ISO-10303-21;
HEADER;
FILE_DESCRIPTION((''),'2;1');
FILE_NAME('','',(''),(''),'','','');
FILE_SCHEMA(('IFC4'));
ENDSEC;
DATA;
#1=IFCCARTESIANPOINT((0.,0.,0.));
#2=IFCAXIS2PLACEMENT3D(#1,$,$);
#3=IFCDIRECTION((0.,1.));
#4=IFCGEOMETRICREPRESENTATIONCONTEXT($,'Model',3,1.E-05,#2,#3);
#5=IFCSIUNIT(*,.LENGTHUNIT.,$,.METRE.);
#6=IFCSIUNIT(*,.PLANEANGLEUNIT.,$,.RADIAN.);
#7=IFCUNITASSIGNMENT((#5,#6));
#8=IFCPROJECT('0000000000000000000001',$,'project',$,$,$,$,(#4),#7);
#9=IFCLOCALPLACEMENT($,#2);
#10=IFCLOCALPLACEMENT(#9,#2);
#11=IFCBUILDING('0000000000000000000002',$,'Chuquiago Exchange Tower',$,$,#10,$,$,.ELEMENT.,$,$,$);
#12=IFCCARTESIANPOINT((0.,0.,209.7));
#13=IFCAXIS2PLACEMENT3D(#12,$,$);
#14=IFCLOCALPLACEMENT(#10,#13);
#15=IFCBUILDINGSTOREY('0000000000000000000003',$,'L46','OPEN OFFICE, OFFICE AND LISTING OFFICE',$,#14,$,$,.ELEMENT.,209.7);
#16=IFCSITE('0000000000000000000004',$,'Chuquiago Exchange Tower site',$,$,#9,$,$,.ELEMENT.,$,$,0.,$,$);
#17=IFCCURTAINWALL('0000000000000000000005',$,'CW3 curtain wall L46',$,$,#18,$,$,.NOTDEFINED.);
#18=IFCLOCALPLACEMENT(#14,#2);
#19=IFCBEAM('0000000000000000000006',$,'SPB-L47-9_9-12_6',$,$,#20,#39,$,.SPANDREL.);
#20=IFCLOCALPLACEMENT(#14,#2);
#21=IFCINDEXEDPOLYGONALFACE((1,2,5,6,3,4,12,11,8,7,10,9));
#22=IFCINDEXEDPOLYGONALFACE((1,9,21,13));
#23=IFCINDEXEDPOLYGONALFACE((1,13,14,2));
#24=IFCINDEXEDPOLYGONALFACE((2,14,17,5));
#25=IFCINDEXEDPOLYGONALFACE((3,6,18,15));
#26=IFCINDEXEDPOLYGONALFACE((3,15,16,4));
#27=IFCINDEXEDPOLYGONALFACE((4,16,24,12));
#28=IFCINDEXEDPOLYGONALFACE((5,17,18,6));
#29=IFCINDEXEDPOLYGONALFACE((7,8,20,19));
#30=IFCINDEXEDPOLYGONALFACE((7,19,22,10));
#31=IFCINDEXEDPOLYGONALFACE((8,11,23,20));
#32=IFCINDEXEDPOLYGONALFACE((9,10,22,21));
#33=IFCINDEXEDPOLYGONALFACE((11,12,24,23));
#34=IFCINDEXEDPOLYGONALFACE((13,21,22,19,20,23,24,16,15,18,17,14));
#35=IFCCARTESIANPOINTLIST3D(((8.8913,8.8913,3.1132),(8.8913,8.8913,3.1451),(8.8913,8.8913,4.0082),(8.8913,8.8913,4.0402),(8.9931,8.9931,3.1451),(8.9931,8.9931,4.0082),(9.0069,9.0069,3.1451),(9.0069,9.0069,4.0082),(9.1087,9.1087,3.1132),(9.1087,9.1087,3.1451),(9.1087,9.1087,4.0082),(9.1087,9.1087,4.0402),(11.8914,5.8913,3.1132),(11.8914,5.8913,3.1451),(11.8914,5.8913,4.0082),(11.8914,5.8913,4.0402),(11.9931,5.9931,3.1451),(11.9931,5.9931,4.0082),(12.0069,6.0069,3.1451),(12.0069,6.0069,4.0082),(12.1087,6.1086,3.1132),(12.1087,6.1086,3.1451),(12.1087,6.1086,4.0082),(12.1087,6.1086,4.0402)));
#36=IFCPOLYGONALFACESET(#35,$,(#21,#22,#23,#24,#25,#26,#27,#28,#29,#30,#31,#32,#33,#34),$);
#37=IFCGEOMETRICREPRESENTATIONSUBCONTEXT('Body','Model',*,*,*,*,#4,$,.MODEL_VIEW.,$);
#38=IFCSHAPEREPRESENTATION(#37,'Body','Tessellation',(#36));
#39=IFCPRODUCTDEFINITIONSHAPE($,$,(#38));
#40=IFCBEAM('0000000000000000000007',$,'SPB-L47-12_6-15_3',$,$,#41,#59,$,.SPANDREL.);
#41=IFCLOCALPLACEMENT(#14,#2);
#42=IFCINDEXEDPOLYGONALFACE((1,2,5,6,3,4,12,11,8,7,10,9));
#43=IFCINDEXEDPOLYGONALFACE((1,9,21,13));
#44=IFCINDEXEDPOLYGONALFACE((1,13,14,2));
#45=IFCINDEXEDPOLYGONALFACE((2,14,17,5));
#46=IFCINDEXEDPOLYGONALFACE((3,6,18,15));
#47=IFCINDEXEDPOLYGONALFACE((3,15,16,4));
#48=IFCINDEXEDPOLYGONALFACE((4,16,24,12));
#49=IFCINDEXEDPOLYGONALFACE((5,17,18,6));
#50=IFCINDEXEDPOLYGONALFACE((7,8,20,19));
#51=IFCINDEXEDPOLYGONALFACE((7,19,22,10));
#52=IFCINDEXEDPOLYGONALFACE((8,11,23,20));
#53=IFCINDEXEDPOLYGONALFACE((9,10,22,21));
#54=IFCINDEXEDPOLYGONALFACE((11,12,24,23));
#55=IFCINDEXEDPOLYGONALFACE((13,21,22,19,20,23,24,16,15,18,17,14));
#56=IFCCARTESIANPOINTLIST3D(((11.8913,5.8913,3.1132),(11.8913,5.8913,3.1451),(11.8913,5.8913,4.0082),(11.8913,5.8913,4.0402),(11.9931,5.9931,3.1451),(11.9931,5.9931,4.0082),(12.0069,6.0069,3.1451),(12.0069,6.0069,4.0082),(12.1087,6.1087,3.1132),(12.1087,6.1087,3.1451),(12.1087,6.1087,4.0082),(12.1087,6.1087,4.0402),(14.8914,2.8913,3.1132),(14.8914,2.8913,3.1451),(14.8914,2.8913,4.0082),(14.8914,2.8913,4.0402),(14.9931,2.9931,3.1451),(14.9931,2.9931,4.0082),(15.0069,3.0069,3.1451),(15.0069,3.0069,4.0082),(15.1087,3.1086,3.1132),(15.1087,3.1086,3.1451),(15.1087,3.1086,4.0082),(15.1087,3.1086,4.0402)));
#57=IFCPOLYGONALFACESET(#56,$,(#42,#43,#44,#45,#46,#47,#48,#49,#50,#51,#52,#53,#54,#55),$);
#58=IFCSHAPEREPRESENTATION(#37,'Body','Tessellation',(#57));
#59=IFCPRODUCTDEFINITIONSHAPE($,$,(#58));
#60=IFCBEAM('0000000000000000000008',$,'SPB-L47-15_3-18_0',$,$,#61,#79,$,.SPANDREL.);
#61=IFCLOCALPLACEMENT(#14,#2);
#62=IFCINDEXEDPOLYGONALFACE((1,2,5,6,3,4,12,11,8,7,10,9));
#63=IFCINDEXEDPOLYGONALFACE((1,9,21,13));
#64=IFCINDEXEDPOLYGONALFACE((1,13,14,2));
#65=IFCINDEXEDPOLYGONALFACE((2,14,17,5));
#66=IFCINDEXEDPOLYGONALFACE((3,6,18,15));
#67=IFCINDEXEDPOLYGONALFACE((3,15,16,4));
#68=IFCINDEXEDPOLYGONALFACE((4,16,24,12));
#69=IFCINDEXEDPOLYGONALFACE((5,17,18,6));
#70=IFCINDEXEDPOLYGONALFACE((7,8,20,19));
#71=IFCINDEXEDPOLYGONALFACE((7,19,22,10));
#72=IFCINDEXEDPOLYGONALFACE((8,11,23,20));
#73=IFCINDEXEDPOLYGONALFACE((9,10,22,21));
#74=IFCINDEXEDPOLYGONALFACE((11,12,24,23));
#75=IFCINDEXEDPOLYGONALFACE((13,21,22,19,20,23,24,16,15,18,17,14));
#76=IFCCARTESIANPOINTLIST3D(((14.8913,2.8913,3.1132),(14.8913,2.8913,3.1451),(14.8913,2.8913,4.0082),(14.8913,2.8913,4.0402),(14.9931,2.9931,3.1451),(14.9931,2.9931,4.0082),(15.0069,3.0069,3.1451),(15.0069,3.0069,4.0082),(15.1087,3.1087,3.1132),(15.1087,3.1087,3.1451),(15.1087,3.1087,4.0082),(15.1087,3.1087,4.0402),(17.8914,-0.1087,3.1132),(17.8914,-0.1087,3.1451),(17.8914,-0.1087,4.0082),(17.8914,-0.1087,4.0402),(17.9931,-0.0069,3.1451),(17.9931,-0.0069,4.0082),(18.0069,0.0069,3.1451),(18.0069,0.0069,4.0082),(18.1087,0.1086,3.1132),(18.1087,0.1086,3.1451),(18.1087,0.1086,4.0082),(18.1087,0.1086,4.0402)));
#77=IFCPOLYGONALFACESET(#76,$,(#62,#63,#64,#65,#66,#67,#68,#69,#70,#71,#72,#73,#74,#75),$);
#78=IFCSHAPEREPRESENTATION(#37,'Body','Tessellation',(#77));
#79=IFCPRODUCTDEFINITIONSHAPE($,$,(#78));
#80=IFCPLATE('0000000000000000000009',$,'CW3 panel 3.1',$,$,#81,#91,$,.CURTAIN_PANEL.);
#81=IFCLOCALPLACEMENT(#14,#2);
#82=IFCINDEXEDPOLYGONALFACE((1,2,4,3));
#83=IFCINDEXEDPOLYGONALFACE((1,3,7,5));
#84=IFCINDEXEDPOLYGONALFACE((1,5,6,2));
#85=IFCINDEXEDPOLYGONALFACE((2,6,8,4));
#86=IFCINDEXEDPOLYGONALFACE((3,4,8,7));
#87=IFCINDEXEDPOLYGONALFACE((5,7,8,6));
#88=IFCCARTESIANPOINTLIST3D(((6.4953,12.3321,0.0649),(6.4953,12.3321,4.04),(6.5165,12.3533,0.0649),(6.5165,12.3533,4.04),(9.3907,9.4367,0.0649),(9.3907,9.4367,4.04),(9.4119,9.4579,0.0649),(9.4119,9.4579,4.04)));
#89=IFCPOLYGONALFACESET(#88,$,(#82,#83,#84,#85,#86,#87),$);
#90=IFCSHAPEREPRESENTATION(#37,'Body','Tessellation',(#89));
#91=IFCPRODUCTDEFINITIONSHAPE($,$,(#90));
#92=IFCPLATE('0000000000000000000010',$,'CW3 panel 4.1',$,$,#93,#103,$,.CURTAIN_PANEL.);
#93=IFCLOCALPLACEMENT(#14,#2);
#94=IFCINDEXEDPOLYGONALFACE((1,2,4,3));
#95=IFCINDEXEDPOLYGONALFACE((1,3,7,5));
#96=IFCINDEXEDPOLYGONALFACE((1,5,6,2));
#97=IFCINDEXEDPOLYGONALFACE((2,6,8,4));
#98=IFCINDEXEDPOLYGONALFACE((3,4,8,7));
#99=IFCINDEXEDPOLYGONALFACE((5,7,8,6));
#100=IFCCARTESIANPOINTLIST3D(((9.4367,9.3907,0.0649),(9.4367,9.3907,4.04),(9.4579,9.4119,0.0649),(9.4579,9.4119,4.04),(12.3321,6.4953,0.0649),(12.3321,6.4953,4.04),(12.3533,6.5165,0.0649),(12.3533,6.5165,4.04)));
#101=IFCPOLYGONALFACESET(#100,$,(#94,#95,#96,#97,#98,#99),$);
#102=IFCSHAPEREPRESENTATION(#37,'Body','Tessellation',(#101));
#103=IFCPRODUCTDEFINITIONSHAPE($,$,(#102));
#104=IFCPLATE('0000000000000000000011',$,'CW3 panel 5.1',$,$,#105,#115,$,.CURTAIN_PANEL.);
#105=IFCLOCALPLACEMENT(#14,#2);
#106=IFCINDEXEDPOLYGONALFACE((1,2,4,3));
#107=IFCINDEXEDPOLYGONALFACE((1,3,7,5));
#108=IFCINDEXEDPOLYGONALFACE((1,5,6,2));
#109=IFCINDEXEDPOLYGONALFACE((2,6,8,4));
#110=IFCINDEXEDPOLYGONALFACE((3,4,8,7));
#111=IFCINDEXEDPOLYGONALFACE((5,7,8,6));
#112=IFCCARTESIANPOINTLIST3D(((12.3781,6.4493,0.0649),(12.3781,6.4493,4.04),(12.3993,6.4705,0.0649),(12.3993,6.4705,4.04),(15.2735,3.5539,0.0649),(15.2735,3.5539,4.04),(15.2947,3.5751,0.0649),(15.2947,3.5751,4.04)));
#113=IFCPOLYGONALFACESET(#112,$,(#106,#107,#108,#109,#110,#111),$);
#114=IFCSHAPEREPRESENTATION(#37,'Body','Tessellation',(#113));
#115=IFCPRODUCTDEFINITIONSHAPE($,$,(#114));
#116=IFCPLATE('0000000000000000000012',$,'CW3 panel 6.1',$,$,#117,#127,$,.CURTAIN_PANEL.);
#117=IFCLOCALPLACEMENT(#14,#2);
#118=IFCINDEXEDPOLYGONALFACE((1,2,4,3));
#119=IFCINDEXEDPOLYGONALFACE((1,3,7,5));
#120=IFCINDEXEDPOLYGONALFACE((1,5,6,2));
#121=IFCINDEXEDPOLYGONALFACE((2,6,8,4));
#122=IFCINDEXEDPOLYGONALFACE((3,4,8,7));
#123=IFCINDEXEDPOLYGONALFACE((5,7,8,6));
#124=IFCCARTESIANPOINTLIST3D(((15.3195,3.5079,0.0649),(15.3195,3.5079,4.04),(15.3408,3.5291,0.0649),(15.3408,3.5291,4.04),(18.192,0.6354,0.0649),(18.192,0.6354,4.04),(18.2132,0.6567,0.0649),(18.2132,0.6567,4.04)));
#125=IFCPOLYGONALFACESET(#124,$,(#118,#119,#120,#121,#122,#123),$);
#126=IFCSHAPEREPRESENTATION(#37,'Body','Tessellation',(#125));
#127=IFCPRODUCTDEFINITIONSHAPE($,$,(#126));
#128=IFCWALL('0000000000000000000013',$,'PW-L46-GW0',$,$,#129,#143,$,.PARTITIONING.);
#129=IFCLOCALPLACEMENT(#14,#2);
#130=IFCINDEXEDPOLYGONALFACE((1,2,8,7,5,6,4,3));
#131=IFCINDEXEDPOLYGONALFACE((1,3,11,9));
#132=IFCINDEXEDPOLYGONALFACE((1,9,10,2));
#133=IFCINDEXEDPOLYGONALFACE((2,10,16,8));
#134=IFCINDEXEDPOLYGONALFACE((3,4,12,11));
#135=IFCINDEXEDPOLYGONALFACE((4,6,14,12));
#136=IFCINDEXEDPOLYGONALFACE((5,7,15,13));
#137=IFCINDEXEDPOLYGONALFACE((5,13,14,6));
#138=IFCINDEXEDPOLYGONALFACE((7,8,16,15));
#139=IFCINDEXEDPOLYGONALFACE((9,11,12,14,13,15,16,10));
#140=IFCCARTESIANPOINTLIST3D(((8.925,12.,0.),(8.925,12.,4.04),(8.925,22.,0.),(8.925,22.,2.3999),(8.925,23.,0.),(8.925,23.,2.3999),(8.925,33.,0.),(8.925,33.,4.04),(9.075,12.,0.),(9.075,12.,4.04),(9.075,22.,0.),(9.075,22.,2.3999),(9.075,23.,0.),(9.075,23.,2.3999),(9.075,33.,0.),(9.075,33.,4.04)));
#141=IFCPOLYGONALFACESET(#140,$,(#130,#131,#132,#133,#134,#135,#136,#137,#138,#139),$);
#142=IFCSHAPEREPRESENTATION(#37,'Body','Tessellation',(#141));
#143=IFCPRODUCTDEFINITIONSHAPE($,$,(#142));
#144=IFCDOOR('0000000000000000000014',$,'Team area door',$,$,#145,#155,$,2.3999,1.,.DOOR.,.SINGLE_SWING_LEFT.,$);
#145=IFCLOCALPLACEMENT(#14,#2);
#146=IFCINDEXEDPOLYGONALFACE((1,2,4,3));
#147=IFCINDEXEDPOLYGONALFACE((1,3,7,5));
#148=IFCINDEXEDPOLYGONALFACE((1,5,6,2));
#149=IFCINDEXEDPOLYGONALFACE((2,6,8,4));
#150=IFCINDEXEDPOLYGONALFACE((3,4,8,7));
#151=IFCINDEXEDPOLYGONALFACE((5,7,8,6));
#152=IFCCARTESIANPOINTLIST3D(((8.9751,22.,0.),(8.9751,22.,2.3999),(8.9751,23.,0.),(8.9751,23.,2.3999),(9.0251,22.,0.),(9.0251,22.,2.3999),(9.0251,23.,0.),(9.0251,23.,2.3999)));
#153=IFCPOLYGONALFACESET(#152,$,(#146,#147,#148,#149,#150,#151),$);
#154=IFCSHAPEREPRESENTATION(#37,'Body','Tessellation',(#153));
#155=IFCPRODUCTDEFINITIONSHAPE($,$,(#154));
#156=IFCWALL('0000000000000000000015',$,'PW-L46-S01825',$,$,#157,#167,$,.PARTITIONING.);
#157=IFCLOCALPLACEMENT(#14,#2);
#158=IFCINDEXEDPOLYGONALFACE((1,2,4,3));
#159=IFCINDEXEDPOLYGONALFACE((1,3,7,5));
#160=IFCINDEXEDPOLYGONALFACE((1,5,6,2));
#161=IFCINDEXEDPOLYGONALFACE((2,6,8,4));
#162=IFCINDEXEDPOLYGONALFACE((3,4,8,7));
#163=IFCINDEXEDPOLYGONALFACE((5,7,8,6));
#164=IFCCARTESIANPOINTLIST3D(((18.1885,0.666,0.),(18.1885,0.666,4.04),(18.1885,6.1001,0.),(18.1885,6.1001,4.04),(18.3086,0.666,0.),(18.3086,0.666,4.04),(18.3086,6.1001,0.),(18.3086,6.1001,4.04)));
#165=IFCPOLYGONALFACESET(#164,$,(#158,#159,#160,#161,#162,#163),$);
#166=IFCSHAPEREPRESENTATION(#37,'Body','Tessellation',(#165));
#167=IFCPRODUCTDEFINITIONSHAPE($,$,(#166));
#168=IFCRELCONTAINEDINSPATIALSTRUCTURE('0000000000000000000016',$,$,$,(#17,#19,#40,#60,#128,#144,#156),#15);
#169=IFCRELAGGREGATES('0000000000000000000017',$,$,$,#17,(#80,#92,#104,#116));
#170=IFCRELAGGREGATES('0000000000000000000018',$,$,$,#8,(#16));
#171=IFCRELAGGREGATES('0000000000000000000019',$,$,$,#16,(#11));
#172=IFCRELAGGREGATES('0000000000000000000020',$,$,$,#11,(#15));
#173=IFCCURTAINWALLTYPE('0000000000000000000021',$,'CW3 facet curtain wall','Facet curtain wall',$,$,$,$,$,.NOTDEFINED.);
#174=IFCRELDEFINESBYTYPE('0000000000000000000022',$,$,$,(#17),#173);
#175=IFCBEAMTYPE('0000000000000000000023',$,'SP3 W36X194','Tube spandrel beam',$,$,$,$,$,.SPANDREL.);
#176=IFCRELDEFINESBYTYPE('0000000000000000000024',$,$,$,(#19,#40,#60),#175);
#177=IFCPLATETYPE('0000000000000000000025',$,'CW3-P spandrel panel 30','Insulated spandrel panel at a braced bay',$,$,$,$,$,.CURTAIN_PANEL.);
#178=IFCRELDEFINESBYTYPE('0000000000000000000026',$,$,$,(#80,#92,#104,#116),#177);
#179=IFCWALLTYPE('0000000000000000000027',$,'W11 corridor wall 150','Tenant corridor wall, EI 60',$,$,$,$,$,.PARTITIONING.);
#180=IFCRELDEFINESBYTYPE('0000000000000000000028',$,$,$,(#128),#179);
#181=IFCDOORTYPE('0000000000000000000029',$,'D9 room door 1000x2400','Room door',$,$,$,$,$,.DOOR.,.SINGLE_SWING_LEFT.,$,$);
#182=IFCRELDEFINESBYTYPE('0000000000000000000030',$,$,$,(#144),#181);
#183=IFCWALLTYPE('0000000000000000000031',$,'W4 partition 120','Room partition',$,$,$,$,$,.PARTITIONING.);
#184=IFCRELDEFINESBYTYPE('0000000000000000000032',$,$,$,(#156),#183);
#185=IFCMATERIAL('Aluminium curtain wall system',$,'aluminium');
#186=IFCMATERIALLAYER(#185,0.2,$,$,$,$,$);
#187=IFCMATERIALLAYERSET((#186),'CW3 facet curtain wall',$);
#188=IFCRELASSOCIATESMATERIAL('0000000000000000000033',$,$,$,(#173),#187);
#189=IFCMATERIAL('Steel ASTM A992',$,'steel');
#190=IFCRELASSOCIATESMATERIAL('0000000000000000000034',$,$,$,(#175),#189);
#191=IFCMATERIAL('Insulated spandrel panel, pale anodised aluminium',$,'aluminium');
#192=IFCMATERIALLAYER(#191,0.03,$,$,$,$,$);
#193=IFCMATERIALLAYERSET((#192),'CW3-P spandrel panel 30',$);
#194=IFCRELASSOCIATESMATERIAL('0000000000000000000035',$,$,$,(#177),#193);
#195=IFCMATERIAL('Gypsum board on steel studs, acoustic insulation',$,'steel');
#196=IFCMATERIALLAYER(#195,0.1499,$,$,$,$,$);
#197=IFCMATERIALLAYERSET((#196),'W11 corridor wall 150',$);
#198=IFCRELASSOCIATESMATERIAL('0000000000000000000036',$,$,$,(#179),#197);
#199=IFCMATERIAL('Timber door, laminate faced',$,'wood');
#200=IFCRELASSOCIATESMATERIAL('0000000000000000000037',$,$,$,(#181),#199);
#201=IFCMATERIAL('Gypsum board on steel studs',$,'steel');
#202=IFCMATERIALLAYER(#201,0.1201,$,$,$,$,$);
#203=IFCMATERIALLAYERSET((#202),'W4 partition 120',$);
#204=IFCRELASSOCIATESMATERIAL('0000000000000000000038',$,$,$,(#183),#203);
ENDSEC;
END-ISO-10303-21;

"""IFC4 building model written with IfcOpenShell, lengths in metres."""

from ifc_helpers import new_model, si_unit, direction, frame, frame_2d, origin, origin_2d, place, context, subcontext, project, spatial, rectangle, i_section, extrude, material, layer, layer_set, material_profile, profile_set, type_object, element, fill, aggregate, save


model = new_model("IFC4")

# Units and contexts
model_context = context("Model", 3, precision=1e-05, world=origin(), true_north=direction((0.0, 1.0)))
body_context = subcontext(model_context, "Body", "Model", "MODEL_VIEW")
ifc_project = project(units=[si_unit("LENGTHUNIT", "METRE"), si_unit("PLANEANGLEUNIT", "RADIAN")], contexts=[model_context])

# Site, building, storey
site_placement = place(None, origin())
site = spatial("IfcSite", under=ifc_project, at=site_placement, Name="Chuquiago Exchange Tower site", CompositionType="ELEMENT", RefElevation=0.0)
building_placement = place(site_placement, origin())
building = spatial("IfcBuilding", under=site, at=building_placement, Name="Chuquiago Exchange Tower", CompositionType="ELEMENT")
storey_placement = place(building_placement, frame((0.0, 0.0, 209.7)))
storey = spatial("IfcBuildingStorey", under=building, at=storey_placement, Name="L46", Description="OPEN OFFICE, OFFICE AND LISTING OFFICE", CompositionType="ELEMENT", Elevation=209.7)

# Curtain wall
ifc_material_1 = material(Name="Aluminium curtain wall system", Category="aluminium")
ifc_layer_1 = layer(ifc_material_1, 0.2)
ifc_layer_set_1 = layer_set([ifc_layer_1], Name="CW3 facet curtain wall")
curtain_wall_type_1 = type_object("IfcCurtainWallType", Name="CW3 facet curtain wall", Description="Facet curtain wall", PredefinedType="NOTDEFINED", material=ifc_layer_set_1)
curtain_wall_1_placement = place(storey_placement, origin())
curtain_wall_1 = element("IfcCurtainWall", 1, at=curtain_wall_1_placement, inside=storey, type_object=curtain_wall_type_1, Name="CW3 curtain wall L46", PredefinedType="NOTDEFINED")

# Beams
ifc_material_2 = material(Name="Steel ASTM A992", Category="steel")
ifc_material_profile_1 = material_profile(ifc_material_2, i_section(OverallWidth=0.3074, OverallDepth=0.927, WebThickness=0.0195, FlangeThickness=0.032, at=origin_2d()), Name="W36X194")
ifc_profile_set_1 = profile_set([ifc_material_profile_1], Name="Steel ASTM A992")
beam_type_1 = type_object("IfcBeamType", Name="SP3 W36X194", Description="Tube spandrel beam", PredefinedType="SPANDREL", material=ifc_profile_set_1)
for number, where, z_axis, x_axis, name in (
    (2, (9.0, 9.0, 3.5767), (0.707107, -0.707107, 0.0), (0.707107, 0.707107, 0.0), "SPB-L47-9_9-12_6"),
    (3, (12.0, 6.0, 3.5767), (0.707107, -0.707107, 0.0), (0.707107, 0.707107, 0.0), "SPB-L47-12_6-15_3"),
    (4, (15.0, 3.0, 3.5767), (0.707107, -0.707107, 0.0), (0.707107, 0.707107, 0.0), "SPB-L47-15_3-18_0"),
):
    element("IfcBeam", number, at=place(storey_placement, frame(where, z_axis=z_axis, x_axis=x_axis)), inside=storey, type_object=beam_type_1, Name=name, PredefinedType="SPANDREL", context=body_context, shape_type="SweptSolid", body=[
        extrude(i_section(OverallWidth=0.3074, OverallDepth=0.927, WebThickness=0.0195, FlangeThickness=0.032, at=origin_2d()), origin(), (0.0, 0.0, 1.0), 4.2427),
    ])

# Plates
ifc_material_3 = material(Name="Insulated spandrel panel, pale anodised aluminium", Category="aluminium")
ifc_layer_2 = layer(ifc_material_3, 0.03)
ifc_layer_set_2 = layer_set([ifc_layer_2], Name="CW3-P spandrel panel 30")
plate_type = type_object("IfcPlateType", Name="CW3-P spandrel panel 30", Description="Insulated spandrel panel at a braced bay", PredefinedType="CURTAIN_PANEL", material=ifc_layer_set_2)
plate_1_placement = place(storey_placement, frame((7.9536, 10.895, 0.0649), z_axis=(0.0, 0.0, 1.0), x_axis=(0.707107, -0.707107, 0.0)))
plate_1 = element("IfcPlate", 5, at=plate_1_placement, type_object=plate_type, Name="CW3 panel 3.1", PredefinedType="CURTAIN_PANEL", context=body_context, shape_type="SweptSolid", body=[
    extrude(rectangle(XDim=4.0947, YDim=0.03, at=origin_2d()), origin(), (0.0, 0.0, 1.0), 3.9751),
])
plate_2_placement = place(storey_placement, frame((10.895, 7.9536, 0.0649), z_axis=(0.0, 0.0, 1.0), x_axis=(0.707107, -0.707107, 0.0)))
plate_2 = element("IfcPlate", 6, at=plate_2_placement, type_object=plate_type, Name="CW3 panel 4.1", PredefinedType="CURTAIN_PANEL", context=body_context, shape_type="SweptSolid", body=[
    extrude(rectangle(XDim=4.0947, YDim=0.03, at=origin_2d()), origin(), (0.0, 0.0, 1.0), 3.9751),
])
plate_3_placement = place(storey_placement, frame((13.8364, 5.0122, 0.0649), z_axis=(0.0, 0.0, 1.0), x_axis=(0.707107, -0.707107, 0.0)))
plate_3 = element("IfcPlate", 7, at=plate_3_placement, type_object=plate_type, Name="CW3 panel 5.1", PredefinedType="CURTAIN_PANEL", context=body_context, shape_type="SweptSolid", body=[
    extrude(rectangle(XDim=4.0947, YDim=0.03, at=origin_2d()), origin(), (0.0, 0.0, 1.0), 3.9751),
])
plate_4_placement = place(storey_placement, frame((16.7664, 2.0823, 0.0649), z_axis=(0.0, 0.0, 1.0), x_axis=(0.707107, -0.707107, 0.0)))
plate_4 = element("IfcPlate", 8, at=plate_4_placement, type_object=plate_type, Name="CW3 panel 6.1", PredefinedType="CURTAIN_PANEL", context=body_context, shape_type="SweptSolid", body=[
    extrude(rectangle(XDim=4.0623, YDim=0.03, at=origin_2d()), origin(), (0.0, 0.0, 1.0), 3.9751),
])
aggregate(curtain_wall_1, [plate_1, plate_2, plate_3, plate_4])

# Wall, opening, door
ifc_material_4 = material(Name="Gypsum board on steel studs, acoustic insulation", Category="steel")
ifc_layer_3 = layer(ifc_material_4, 0.1499)
ifc_layer_set_3 = layer_set([ifc_layer_3], Name="W11 corridor wall 150")
wall_type_1 = type_object("IfcWallType", Name="W11 corridor wall 150", Description="Tenant corridor wall, EI 60", PredefinedType="PARTITIONING", material=ifc_layer_set_3)
wall_1_placement = place(storey_placement, frame((9.0, 12.0, 0.0), z_axis=(0.0, 0.0, 1.0), x_axis=(0.0, 1.0, 0.0)))
wall_1 = element("IfcWall", 9, at=wall_1_placement, inside=storey, type_object=wall_type_1, Name="PW-L46-GW0", PredefinedType="PARTITIONING", context=body_context, shape_type="SweptSolid", body=[
    extrude(rectangle(XDim=21.0, YDim=0.1499, at=frame_2d((10.5, 0.0))), origin(), (0.0, 0.0, 1.0), 4.04),
])
opening_1_placement = place(wall_1_placement, frame((10.0, 0.0, 0.0)))
opening_1 = element("IfcOpeningElement", 10, at=opening_1_placement, cuts=wall_1, PredefinedType="OPENING", context=body_context, shape_type="SweptSolid", body=[
    extrude(rectangle(XDim=1.0, YDim=2.3999, at=frame_2d((0.5, 1.2))), frame((0.0, 0.085, 0.0), z_axis=(0.0, -1.0, 0.0), x_axis=(1.0, 0.0, 0.0)), (0.0, 0.0, 1.0), 0.1699),
])
ifc_material_5 = material(Name="Timber door, laminate faced", Category="wood")
door_type = type_object("IfcDoorType", Name="D9 room door 1000x2400", Description="Room door", OperationType="SINGLE_SWING_LEFT", PredefinedType="DOOR", material=ifc_material_5)
door_1_placement = place(opening_1_placement, origin())
door_1 = element("IfcDoor", 11, at=door_1_placement, inside=storey, type_object=door_type, Name="Team area door", OperationType="SINGLE_SWING_LEFT", OverallHeight=2.3999, OverallWidth=1.0, PredefinedType="DOOR", context=body_context, shape_type="SweptSolid", body=[
    extrude(rectangle(XDim=1.0, YDim=2.3999, at=frame_2d((0.5, 1.2))), frame((0.0, 0.0249, 0.0), z_axis=(0.0, -1.0, 0.0), x_axis=(1.0, 0.0, 0.0)), (0.0, 0.0, 1.0), 0.05),
])
fill(opening_1, door_1)

# Wall
ifc_material_6 = material(Name="Gypsum board on steel studs", Category="steel")
ifc_layer_4 = layer(ifc_material_6, 0.1201)
ifc_layer_set_4 = layer_set([ifc_layer_4], Name="W4 partition 120")
wall_type_2 = type_object("IfcWallType", Name="W4 partition 120", Description="Room partition", PredefinedType="PARTITIONING", material=ifc_layer_set_4)
wall_2_placement = place(storey_placement, frame((18.2485, 0.666, 0.0), z_axis=(0.0, 0.0, 1.0), x_axis=(0.0, 1.0, 0.0)))
element("IfcWall", 12, at=wall_2_placement, inside=storey, type_object=wall_type_2, Name="PW-L46-S01825", PredefinedType="PARTITIONING", context=body_context, shape_type="SweptSolid", body=[
    extrude(rectangle(XDim=5.4341, YDim=0.1201, at=frame_2d((2.717, 0.0))), origin(), (0.0, 0.0, 1.0), 4.04),
])

save(model, "model.ifc")
